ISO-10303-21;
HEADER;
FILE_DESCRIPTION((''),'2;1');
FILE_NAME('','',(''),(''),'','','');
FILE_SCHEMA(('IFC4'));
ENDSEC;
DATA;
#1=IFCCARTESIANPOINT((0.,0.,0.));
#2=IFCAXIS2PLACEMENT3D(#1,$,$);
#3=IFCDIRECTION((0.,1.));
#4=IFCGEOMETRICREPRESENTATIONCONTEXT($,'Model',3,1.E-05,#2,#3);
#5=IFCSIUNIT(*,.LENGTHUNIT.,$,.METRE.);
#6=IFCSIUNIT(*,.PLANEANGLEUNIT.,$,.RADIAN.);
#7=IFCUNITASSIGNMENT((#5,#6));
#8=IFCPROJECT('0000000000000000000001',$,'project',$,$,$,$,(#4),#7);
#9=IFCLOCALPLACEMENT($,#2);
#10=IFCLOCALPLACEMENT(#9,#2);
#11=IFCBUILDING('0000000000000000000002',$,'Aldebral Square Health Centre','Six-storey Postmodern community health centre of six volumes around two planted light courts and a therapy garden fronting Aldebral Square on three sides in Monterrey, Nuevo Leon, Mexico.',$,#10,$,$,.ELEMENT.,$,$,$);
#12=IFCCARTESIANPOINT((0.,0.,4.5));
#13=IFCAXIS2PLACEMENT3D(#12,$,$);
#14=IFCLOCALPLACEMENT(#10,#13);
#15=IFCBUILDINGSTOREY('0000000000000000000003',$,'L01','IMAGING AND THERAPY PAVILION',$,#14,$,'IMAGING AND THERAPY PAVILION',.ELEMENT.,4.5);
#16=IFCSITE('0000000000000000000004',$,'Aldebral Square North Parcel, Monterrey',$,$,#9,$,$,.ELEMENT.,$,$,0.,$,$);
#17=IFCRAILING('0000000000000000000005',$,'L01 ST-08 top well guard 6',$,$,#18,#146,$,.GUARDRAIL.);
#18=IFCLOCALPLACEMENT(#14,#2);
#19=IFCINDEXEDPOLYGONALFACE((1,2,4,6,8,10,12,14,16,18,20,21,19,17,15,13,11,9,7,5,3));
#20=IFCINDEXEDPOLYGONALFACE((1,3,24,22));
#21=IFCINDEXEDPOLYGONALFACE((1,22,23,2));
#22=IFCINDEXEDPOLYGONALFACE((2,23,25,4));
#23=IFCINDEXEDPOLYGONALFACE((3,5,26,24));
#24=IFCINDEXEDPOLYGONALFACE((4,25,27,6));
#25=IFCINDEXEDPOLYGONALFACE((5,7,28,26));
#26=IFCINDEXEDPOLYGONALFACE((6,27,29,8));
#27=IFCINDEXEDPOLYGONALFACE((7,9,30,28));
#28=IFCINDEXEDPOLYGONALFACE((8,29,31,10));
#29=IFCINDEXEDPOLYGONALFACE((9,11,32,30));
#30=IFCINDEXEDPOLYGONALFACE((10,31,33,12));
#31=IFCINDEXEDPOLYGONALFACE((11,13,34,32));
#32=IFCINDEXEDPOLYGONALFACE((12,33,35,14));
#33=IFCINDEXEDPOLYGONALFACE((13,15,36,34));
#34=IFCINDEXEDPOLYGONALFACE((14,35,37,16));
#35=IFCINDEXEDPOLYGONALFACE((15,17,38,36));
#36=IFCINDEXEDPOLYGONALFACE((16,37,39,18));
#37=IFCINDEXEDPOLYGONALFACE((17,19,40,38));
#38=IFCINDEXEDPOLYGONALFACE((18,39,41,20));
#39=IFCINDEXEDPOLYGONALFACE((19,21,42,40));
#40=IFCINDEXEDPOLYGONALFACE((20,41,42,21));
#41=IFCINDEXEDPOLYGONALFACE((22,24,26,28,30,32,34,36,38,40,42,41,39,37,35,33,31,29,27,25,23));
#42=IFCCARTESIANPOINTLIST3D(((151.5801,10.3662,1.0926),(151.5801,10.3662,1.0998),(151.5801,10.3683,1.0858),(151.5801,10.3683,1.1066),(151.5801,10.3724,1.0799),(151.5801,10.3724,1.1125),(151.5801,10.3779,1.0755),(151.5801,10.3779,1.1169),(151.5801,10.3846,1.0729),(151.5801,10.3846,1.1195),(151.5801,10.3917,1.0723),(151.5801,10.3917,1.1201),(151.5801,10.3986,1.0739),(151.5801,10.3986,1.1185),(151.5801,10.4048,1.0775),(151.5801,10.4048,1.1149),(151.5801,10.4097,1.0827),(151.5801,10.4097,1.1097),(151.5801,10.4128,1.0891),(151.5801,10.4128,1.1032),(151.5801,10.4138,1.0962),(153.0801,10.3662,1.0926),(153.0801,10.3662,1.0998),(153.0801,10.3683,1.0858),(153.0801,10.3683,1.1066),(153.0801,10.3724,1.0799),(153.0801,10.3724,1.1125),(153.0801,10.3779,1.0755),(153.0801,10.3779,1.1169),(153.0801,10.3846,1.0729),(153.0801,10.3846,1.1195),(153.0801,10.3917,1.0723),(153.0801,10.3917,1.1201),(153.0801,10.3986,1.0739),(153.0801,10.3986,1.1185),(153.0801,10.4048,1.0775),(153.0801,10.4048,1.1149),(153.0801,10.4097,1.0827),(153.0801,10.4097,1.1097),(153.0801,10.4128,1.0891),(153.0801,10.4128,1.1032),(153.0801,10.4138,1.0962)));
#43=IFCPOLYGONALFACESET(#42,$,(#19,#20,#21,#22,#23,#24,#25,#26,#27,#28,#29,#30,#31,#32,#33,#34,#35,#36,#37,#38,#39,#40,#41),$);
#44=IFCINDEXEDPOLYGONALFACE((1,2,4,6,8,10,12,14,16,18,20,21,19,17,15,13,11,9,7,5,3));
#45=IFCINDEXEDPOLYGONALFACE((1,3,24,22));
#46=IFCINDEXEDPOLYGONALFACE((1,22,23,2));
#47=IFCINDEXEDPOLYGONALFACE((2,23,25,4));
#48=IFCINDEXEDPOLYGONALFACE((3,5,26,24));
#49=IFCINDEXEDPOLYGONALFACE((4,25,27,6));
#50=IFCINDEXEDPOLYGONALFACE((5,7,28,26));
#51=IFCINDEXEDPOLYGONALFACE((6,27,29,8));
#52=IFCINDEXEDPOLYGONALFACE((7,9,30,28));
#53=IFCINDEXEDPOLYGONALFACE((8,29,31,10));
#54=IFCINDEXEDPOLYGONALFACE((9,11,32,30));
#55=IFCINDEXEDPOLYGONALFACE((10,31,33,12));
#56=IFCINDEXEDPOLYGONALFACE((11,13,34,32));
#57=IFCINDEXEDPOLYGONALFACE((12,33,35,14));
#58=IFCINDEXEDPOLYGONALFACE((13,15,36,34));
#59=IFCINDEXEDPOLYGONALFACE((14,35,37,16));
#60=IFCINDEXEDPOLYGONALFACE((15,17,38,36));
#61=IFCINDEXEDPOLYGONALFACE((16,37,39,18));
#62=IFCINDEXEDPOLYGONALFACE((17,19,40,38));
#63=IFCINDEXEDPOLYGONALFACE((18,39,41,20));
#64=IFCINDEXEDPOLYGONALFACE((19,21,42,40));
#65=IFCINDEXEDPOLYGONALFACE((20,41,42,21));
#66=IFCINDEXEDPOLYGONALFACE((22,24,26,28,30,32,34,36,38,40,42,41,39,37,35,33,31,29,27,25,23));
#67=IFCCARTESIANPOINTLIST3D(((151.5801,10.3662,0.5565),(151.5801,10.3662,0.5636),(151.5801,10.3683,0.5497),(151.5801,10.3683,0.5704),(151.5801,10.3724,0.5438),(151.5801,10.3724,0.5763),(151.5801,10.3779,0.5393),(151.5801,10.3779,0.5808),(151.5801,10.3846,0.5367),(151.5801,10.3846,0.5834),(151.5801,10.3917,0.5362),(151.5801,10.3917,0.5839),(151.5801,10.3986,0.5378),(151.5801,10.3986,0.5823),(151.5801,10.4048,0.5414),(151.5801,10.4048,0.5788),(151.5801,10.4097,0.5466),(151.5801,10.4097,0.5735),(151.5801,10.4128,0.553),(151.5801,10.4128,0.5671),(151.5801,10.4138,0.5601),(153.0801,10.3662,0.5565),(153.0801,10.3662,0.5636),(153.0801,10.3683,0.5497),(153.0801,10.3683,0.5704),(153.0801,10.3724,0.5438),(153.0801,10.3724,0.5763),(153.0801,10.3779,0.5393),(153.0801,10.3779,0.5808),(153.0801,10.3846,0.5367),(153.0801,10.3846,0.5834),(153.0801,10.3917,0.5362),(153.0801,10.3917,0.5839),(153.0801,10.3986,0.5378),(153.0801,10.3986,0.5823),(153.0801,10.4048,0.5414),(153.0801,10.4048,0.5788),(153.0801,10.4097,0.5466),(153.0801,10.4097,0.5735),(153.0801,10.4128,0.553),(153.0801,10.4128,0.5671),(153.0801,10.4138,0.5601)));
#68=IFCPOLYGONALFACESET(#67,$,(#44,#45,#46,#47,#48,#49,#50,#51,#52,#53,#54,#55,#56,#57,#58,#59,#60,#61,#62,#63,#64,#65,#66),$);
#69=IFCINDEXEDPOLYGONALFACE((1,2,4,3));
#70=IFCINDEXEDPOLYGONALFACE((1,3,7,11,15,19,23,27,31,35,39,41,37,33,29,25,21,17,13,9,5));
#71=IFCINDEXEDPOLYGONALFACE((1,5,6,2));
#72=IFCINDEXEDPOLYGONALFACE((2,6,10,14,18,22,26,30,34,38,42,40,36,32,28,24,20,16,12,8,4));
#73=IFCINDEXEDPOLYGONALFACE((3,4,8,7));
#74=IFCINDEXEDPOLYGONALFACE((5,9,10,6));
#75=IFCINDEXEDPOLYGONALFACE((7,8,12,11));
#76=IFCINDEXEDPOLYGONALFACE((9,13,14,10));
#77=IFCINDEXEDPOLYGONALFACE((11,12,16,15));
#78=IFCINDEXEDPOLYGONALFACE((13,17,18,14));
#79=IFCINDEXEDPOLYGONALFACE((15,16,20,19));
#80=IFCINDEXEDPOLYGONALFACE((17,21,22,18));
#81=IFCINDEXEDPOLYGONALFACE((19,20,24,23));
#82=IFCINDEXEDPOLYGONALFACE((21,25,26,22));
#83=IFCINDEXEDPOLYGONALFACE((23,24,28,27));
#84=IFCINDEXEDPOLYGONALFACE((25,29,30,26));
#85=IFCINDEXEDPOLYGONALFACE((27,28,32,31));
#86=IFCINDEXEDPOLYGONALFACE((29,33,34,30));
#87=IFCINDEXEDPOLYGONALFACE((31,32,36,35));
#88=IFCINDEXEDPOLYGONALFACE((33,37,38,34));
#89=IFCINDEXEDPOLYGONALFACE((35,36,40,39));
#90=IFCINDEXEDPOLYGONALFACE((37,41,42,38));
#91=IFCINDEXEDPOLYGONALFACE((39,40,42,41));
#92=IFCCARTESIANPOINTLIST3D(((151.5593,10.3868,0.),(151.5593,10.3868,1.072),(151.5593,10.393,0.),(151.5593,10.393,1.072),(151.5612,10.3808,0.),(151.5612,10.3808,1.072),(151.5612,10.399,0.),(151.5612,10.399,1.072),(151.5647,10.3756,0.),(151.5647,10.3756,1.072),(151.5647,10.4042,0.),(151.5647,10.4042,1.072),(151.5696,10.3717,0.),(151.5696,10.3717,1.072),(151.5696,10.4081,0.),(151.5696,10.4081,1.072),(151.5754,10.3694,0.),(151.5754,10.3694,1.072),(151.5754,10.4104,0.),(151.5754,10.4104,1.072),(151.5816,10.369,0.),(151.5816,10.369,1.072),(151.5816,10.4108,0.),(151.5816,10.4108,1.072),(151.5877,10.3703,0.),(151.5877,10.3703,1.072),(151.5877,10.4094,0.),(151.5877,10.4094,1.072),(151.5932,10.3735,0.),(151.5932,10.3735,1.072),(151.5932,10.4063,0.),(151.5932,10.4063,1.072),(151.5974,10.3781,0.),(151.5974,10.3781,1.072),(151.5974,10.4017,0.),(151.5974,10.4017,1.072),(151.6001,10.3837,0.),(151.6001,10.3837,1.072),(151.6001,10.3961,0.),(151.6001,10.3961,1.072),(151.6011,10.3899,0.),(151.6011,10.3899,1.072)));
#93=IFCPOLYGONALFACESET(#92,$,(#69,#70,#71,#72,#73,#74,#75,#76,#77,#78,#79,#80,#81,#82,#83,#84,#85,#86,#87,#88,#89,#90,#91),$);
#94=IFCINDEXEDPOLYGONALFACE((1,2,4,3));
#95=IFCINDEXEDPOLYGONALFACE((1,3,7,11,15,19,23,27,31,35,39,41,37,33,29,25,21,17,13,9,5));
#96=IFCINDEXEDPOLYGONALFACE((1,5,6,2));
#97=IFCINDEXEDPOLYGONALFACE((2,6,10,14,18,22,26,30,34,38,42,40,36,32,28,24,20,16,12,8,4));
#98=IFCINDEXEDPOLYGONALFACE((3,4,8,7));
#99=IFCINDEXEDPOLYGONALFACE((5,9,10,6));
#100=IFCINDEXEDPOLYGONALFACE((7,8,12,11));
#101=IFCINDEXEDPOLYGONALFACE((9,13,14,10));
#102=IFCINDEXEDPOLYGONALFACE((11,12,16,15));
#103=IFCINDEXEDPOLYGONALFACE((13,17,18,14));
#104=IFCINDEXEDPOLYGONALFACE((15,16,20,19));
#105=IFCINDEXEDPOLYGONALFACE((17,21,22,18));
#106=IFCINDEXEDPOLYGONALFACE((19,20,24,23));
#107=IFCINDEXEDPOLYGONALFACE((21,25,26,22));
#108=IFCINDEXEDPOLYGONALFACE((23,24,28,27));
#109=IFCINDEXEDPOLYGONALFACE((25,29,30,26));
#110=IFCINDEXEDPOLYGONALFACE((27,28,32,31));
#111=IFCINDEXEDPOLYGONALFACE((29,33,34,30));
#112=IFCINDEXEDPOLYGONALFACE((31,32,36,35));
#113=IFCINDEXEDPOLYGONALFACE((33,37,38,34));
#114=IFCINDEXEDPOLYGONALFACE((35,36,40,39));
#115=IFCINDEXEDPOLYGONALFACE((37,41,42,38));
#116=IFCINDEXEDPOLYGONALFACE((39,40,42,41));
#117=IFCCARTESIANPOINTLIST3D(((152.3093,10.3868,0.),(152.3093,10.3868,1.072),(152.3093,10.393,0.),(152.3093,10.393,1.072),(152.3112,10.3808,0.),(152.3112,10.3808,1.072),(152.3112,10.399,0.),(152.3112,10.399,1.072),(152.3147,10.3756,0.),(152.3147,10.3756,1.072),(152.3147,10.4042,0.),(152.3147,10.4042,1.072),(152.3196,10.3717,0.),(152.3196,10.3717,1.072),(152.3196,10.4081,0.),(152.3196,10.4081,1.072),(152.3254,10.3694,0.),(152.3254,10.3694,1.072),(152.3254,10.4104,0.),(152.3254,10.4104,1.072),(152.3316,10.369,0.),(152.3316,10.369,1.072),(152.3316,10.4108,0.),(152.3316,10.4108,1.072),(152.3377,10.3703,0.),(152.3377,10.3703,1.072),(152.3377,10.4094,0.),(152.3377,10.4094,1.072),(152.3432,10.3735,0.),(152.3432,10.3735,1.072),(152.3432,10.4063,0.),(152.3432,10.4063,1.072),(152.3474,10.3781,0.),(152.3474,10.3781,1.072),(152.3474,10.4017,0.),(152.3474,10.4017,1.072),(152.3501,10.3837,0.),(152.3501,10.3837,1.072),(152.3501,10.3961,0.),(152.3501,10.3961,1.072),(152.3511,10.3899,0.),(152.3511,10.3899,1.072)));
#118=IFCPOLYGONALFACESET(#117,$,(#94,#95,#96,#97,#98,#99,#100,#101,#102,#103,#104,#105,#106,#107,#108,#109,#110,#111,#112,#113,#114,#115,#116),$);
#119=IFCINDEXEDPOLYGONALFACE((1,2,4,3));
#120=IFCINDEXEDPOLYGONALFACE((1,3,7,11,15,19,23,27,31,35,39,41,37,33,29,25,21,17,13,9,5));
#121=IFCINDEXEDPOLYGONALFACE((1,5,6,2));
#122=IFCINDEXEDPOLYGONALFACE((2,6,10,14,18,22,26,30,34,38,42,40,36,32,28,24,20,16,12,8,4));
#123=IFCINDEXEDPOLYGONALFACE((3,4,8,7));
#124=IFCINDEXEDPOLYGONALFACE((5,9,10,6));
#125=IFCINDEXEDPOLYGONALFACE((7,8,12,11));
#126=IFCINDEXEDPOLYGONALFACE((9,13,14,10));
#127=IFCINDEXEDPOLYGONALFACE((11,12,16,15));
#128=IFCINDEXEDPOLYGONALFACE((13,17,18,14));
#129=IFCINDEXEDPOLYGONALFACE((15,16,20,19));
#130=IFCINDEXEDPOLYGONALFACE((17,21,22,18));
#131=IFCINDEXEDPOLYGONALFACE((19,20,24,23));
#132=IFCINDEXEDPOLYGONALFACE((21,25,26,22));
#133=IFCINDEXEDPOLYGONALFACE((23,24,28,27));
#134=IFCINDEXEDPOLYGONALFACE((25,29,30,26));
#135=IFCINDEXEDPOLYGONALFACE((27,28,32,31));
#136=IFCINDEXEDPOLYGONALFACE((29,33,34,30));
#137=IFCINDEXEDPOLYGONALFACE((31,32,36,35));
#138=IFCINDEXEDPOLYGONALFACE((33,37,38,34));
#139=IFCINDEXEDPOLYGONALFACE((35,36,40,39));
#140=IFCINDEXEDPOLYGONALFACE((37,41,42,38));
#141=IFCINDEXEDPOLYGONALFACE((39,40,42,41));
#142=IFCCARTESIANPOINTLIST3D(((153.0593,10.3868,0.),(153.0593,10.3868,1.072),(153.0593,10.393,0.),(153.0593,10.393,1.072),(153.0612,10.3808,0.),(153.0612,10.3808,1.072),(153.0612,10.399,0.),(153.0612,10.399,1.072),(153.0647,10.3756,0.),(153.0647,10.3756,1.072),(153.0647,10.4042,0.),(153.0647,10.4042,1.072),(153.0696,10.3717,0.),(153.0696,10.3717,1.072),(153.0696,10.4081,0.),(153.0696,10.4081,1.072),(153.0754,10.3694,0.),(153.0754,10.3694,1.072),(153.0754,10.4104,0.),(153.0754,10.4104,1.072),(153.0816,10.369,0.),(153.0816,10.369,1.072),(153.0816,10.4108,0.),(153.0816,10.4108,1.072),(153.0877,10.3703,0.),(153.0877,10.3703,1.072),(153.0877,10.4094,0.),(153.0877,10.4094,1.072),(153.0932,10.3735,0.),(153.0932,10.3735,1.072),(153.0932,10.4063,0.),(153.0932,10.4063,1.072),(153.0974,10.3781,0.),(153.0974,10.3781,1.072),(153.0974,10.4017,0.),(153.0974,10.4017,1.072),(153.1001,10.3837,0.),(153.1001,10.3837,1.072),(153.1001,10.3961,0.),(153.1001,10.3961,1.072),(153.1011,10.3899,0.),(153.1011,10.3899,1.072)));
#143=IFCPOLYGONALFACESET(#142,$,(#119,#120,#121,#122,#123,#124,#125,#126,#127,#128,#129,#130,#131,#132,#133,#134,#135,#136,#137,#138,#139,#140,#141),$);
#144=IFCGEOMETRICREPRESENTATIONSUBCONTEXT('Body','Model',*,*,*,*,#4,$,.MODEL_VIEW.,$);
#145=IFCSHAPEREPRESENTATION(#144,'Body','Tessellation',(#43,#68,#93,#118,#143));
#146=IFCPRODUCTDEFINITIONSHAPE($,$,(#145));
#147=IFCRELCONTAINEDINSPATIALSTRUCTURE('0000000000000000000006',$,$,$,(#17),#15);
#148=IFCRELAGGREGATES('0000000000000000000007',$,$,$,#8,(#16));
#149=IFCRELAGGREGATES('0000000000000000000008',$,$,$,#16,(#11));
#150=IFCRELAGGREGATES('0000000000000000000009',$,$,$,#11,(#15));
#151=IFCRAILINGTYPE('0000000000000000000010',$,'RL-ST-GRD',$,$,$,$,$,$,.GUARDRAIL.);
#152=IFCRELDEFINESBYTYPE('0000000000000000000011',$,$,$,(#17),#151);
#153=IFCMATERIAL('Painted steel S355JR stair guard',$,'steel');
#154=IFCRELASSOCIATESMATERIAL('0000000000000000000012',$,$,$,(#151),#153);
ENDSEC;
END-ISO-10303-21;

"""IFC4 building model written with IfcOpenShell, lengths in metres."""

from ifc_helpers import new_model, si_unit, direction, frame, origin, origin_2d, place, context, subcontext, project, spatial, circle, extrude, material, type_object, element, save


model = new_model("IFC4")

# Units and contexts
model_context = context("Model", 3, precision=1e-05, world=origin(), true_north=direction((0.0, 1.0)))
body_context = subcontext(model_context, "Body", "Model", "MODEL_VIEW")
ifc_project = project(units=[si_unit("LENGTHUNIT", "METRE"), si_unit("PLANEANGLEUNIT", "RADIAN")], contexts=[model_context])

# Site, building, storey
site_placement = place(None, origin())
site = spatial("IfcSite", under=ifc_project, at=site_placement, Name="Aldebral Square North Parcel, Monterrey", CompositionType="ELEMENT", RefElevation=0.0)
building_placement = place(site_placement, origin())
building = spatial("IfcBuilding", under=site, at=building_placement, Name="Aldebral Square Health Centre", Description="Six-storey Postmodern community health centre of six volumes around two planted light courts and a therapy garden fronting Aldebral Square on three sides in Monterrey, Nuevo Leon, Mexico.", CompositionType="ELEMENT")
storey_placement = place(building_placement, frame((0.0, 0.0, 4.5)))
storey = spatial("IfcBuildingStorey", under=building, at=storey_placement, Name="L01", Description="IMAGING AND THERAPY PAVILION", LongName="IMAGING AND THERAPY PAVILION", CompositionType="ELEMENT", Elevation=4.5)

# Railing
ifc_material_1 = material(Name="Painted steel S355JR stair guard", Category="steel")
railing_type = type_object("IfcRailingType", Name="RL-ST-GRD", PredefinedType="GUARDRAIL", material=ifc_material_1)
for number, where, name in (
    (1, (151.5801, 10.3899, 0.0), "L01 ST-08 top well guard 6"),
):
    element("IfcRailing", number, at=place(storey_placement, frame(where)), inside=storey, type_object=railing_type, Name=name, PredefinedType="GUARDRAIL", context=body_context, shape_type="SweptSolid", body=[
        extrude(circle(Radius=0.0239, at=origin_2d()), frame((0.0, 0.0, 1.0962), z_axis=(1.0, 0.0, 0.0), x_axis=(0.0, 1.0, 0.0)), (0.0, 0.0, 1.0), 1.5),
        extrude(circle(Radius=0.0239, at=origin_2d()), frame((0.0, 0.0, 0.5601), z_axis=(1.0, 0.0, 0.0), x_axis=(0.0, 1.0, 0.0)), (0.0, 0.0, 1.0), 1.5),
        extrude(circle(Radius=0.021, at=origin_2d()), origin(), (0.0, 0.0, 1.0), 1.072),
        extrude(circle(Radius=0.021, at=origin_2d()), frame((0.75, 0.0, 0.0)), (0.0, 0.0, 1.0), 1.072),
        extrude(circle(Radius=0.021, at=origin_2d()), frame((1.5, 0.0, 0.0)), (0.0, 0.0, 1.0), 1.072),
    ])

save(model, "model.ifc")
